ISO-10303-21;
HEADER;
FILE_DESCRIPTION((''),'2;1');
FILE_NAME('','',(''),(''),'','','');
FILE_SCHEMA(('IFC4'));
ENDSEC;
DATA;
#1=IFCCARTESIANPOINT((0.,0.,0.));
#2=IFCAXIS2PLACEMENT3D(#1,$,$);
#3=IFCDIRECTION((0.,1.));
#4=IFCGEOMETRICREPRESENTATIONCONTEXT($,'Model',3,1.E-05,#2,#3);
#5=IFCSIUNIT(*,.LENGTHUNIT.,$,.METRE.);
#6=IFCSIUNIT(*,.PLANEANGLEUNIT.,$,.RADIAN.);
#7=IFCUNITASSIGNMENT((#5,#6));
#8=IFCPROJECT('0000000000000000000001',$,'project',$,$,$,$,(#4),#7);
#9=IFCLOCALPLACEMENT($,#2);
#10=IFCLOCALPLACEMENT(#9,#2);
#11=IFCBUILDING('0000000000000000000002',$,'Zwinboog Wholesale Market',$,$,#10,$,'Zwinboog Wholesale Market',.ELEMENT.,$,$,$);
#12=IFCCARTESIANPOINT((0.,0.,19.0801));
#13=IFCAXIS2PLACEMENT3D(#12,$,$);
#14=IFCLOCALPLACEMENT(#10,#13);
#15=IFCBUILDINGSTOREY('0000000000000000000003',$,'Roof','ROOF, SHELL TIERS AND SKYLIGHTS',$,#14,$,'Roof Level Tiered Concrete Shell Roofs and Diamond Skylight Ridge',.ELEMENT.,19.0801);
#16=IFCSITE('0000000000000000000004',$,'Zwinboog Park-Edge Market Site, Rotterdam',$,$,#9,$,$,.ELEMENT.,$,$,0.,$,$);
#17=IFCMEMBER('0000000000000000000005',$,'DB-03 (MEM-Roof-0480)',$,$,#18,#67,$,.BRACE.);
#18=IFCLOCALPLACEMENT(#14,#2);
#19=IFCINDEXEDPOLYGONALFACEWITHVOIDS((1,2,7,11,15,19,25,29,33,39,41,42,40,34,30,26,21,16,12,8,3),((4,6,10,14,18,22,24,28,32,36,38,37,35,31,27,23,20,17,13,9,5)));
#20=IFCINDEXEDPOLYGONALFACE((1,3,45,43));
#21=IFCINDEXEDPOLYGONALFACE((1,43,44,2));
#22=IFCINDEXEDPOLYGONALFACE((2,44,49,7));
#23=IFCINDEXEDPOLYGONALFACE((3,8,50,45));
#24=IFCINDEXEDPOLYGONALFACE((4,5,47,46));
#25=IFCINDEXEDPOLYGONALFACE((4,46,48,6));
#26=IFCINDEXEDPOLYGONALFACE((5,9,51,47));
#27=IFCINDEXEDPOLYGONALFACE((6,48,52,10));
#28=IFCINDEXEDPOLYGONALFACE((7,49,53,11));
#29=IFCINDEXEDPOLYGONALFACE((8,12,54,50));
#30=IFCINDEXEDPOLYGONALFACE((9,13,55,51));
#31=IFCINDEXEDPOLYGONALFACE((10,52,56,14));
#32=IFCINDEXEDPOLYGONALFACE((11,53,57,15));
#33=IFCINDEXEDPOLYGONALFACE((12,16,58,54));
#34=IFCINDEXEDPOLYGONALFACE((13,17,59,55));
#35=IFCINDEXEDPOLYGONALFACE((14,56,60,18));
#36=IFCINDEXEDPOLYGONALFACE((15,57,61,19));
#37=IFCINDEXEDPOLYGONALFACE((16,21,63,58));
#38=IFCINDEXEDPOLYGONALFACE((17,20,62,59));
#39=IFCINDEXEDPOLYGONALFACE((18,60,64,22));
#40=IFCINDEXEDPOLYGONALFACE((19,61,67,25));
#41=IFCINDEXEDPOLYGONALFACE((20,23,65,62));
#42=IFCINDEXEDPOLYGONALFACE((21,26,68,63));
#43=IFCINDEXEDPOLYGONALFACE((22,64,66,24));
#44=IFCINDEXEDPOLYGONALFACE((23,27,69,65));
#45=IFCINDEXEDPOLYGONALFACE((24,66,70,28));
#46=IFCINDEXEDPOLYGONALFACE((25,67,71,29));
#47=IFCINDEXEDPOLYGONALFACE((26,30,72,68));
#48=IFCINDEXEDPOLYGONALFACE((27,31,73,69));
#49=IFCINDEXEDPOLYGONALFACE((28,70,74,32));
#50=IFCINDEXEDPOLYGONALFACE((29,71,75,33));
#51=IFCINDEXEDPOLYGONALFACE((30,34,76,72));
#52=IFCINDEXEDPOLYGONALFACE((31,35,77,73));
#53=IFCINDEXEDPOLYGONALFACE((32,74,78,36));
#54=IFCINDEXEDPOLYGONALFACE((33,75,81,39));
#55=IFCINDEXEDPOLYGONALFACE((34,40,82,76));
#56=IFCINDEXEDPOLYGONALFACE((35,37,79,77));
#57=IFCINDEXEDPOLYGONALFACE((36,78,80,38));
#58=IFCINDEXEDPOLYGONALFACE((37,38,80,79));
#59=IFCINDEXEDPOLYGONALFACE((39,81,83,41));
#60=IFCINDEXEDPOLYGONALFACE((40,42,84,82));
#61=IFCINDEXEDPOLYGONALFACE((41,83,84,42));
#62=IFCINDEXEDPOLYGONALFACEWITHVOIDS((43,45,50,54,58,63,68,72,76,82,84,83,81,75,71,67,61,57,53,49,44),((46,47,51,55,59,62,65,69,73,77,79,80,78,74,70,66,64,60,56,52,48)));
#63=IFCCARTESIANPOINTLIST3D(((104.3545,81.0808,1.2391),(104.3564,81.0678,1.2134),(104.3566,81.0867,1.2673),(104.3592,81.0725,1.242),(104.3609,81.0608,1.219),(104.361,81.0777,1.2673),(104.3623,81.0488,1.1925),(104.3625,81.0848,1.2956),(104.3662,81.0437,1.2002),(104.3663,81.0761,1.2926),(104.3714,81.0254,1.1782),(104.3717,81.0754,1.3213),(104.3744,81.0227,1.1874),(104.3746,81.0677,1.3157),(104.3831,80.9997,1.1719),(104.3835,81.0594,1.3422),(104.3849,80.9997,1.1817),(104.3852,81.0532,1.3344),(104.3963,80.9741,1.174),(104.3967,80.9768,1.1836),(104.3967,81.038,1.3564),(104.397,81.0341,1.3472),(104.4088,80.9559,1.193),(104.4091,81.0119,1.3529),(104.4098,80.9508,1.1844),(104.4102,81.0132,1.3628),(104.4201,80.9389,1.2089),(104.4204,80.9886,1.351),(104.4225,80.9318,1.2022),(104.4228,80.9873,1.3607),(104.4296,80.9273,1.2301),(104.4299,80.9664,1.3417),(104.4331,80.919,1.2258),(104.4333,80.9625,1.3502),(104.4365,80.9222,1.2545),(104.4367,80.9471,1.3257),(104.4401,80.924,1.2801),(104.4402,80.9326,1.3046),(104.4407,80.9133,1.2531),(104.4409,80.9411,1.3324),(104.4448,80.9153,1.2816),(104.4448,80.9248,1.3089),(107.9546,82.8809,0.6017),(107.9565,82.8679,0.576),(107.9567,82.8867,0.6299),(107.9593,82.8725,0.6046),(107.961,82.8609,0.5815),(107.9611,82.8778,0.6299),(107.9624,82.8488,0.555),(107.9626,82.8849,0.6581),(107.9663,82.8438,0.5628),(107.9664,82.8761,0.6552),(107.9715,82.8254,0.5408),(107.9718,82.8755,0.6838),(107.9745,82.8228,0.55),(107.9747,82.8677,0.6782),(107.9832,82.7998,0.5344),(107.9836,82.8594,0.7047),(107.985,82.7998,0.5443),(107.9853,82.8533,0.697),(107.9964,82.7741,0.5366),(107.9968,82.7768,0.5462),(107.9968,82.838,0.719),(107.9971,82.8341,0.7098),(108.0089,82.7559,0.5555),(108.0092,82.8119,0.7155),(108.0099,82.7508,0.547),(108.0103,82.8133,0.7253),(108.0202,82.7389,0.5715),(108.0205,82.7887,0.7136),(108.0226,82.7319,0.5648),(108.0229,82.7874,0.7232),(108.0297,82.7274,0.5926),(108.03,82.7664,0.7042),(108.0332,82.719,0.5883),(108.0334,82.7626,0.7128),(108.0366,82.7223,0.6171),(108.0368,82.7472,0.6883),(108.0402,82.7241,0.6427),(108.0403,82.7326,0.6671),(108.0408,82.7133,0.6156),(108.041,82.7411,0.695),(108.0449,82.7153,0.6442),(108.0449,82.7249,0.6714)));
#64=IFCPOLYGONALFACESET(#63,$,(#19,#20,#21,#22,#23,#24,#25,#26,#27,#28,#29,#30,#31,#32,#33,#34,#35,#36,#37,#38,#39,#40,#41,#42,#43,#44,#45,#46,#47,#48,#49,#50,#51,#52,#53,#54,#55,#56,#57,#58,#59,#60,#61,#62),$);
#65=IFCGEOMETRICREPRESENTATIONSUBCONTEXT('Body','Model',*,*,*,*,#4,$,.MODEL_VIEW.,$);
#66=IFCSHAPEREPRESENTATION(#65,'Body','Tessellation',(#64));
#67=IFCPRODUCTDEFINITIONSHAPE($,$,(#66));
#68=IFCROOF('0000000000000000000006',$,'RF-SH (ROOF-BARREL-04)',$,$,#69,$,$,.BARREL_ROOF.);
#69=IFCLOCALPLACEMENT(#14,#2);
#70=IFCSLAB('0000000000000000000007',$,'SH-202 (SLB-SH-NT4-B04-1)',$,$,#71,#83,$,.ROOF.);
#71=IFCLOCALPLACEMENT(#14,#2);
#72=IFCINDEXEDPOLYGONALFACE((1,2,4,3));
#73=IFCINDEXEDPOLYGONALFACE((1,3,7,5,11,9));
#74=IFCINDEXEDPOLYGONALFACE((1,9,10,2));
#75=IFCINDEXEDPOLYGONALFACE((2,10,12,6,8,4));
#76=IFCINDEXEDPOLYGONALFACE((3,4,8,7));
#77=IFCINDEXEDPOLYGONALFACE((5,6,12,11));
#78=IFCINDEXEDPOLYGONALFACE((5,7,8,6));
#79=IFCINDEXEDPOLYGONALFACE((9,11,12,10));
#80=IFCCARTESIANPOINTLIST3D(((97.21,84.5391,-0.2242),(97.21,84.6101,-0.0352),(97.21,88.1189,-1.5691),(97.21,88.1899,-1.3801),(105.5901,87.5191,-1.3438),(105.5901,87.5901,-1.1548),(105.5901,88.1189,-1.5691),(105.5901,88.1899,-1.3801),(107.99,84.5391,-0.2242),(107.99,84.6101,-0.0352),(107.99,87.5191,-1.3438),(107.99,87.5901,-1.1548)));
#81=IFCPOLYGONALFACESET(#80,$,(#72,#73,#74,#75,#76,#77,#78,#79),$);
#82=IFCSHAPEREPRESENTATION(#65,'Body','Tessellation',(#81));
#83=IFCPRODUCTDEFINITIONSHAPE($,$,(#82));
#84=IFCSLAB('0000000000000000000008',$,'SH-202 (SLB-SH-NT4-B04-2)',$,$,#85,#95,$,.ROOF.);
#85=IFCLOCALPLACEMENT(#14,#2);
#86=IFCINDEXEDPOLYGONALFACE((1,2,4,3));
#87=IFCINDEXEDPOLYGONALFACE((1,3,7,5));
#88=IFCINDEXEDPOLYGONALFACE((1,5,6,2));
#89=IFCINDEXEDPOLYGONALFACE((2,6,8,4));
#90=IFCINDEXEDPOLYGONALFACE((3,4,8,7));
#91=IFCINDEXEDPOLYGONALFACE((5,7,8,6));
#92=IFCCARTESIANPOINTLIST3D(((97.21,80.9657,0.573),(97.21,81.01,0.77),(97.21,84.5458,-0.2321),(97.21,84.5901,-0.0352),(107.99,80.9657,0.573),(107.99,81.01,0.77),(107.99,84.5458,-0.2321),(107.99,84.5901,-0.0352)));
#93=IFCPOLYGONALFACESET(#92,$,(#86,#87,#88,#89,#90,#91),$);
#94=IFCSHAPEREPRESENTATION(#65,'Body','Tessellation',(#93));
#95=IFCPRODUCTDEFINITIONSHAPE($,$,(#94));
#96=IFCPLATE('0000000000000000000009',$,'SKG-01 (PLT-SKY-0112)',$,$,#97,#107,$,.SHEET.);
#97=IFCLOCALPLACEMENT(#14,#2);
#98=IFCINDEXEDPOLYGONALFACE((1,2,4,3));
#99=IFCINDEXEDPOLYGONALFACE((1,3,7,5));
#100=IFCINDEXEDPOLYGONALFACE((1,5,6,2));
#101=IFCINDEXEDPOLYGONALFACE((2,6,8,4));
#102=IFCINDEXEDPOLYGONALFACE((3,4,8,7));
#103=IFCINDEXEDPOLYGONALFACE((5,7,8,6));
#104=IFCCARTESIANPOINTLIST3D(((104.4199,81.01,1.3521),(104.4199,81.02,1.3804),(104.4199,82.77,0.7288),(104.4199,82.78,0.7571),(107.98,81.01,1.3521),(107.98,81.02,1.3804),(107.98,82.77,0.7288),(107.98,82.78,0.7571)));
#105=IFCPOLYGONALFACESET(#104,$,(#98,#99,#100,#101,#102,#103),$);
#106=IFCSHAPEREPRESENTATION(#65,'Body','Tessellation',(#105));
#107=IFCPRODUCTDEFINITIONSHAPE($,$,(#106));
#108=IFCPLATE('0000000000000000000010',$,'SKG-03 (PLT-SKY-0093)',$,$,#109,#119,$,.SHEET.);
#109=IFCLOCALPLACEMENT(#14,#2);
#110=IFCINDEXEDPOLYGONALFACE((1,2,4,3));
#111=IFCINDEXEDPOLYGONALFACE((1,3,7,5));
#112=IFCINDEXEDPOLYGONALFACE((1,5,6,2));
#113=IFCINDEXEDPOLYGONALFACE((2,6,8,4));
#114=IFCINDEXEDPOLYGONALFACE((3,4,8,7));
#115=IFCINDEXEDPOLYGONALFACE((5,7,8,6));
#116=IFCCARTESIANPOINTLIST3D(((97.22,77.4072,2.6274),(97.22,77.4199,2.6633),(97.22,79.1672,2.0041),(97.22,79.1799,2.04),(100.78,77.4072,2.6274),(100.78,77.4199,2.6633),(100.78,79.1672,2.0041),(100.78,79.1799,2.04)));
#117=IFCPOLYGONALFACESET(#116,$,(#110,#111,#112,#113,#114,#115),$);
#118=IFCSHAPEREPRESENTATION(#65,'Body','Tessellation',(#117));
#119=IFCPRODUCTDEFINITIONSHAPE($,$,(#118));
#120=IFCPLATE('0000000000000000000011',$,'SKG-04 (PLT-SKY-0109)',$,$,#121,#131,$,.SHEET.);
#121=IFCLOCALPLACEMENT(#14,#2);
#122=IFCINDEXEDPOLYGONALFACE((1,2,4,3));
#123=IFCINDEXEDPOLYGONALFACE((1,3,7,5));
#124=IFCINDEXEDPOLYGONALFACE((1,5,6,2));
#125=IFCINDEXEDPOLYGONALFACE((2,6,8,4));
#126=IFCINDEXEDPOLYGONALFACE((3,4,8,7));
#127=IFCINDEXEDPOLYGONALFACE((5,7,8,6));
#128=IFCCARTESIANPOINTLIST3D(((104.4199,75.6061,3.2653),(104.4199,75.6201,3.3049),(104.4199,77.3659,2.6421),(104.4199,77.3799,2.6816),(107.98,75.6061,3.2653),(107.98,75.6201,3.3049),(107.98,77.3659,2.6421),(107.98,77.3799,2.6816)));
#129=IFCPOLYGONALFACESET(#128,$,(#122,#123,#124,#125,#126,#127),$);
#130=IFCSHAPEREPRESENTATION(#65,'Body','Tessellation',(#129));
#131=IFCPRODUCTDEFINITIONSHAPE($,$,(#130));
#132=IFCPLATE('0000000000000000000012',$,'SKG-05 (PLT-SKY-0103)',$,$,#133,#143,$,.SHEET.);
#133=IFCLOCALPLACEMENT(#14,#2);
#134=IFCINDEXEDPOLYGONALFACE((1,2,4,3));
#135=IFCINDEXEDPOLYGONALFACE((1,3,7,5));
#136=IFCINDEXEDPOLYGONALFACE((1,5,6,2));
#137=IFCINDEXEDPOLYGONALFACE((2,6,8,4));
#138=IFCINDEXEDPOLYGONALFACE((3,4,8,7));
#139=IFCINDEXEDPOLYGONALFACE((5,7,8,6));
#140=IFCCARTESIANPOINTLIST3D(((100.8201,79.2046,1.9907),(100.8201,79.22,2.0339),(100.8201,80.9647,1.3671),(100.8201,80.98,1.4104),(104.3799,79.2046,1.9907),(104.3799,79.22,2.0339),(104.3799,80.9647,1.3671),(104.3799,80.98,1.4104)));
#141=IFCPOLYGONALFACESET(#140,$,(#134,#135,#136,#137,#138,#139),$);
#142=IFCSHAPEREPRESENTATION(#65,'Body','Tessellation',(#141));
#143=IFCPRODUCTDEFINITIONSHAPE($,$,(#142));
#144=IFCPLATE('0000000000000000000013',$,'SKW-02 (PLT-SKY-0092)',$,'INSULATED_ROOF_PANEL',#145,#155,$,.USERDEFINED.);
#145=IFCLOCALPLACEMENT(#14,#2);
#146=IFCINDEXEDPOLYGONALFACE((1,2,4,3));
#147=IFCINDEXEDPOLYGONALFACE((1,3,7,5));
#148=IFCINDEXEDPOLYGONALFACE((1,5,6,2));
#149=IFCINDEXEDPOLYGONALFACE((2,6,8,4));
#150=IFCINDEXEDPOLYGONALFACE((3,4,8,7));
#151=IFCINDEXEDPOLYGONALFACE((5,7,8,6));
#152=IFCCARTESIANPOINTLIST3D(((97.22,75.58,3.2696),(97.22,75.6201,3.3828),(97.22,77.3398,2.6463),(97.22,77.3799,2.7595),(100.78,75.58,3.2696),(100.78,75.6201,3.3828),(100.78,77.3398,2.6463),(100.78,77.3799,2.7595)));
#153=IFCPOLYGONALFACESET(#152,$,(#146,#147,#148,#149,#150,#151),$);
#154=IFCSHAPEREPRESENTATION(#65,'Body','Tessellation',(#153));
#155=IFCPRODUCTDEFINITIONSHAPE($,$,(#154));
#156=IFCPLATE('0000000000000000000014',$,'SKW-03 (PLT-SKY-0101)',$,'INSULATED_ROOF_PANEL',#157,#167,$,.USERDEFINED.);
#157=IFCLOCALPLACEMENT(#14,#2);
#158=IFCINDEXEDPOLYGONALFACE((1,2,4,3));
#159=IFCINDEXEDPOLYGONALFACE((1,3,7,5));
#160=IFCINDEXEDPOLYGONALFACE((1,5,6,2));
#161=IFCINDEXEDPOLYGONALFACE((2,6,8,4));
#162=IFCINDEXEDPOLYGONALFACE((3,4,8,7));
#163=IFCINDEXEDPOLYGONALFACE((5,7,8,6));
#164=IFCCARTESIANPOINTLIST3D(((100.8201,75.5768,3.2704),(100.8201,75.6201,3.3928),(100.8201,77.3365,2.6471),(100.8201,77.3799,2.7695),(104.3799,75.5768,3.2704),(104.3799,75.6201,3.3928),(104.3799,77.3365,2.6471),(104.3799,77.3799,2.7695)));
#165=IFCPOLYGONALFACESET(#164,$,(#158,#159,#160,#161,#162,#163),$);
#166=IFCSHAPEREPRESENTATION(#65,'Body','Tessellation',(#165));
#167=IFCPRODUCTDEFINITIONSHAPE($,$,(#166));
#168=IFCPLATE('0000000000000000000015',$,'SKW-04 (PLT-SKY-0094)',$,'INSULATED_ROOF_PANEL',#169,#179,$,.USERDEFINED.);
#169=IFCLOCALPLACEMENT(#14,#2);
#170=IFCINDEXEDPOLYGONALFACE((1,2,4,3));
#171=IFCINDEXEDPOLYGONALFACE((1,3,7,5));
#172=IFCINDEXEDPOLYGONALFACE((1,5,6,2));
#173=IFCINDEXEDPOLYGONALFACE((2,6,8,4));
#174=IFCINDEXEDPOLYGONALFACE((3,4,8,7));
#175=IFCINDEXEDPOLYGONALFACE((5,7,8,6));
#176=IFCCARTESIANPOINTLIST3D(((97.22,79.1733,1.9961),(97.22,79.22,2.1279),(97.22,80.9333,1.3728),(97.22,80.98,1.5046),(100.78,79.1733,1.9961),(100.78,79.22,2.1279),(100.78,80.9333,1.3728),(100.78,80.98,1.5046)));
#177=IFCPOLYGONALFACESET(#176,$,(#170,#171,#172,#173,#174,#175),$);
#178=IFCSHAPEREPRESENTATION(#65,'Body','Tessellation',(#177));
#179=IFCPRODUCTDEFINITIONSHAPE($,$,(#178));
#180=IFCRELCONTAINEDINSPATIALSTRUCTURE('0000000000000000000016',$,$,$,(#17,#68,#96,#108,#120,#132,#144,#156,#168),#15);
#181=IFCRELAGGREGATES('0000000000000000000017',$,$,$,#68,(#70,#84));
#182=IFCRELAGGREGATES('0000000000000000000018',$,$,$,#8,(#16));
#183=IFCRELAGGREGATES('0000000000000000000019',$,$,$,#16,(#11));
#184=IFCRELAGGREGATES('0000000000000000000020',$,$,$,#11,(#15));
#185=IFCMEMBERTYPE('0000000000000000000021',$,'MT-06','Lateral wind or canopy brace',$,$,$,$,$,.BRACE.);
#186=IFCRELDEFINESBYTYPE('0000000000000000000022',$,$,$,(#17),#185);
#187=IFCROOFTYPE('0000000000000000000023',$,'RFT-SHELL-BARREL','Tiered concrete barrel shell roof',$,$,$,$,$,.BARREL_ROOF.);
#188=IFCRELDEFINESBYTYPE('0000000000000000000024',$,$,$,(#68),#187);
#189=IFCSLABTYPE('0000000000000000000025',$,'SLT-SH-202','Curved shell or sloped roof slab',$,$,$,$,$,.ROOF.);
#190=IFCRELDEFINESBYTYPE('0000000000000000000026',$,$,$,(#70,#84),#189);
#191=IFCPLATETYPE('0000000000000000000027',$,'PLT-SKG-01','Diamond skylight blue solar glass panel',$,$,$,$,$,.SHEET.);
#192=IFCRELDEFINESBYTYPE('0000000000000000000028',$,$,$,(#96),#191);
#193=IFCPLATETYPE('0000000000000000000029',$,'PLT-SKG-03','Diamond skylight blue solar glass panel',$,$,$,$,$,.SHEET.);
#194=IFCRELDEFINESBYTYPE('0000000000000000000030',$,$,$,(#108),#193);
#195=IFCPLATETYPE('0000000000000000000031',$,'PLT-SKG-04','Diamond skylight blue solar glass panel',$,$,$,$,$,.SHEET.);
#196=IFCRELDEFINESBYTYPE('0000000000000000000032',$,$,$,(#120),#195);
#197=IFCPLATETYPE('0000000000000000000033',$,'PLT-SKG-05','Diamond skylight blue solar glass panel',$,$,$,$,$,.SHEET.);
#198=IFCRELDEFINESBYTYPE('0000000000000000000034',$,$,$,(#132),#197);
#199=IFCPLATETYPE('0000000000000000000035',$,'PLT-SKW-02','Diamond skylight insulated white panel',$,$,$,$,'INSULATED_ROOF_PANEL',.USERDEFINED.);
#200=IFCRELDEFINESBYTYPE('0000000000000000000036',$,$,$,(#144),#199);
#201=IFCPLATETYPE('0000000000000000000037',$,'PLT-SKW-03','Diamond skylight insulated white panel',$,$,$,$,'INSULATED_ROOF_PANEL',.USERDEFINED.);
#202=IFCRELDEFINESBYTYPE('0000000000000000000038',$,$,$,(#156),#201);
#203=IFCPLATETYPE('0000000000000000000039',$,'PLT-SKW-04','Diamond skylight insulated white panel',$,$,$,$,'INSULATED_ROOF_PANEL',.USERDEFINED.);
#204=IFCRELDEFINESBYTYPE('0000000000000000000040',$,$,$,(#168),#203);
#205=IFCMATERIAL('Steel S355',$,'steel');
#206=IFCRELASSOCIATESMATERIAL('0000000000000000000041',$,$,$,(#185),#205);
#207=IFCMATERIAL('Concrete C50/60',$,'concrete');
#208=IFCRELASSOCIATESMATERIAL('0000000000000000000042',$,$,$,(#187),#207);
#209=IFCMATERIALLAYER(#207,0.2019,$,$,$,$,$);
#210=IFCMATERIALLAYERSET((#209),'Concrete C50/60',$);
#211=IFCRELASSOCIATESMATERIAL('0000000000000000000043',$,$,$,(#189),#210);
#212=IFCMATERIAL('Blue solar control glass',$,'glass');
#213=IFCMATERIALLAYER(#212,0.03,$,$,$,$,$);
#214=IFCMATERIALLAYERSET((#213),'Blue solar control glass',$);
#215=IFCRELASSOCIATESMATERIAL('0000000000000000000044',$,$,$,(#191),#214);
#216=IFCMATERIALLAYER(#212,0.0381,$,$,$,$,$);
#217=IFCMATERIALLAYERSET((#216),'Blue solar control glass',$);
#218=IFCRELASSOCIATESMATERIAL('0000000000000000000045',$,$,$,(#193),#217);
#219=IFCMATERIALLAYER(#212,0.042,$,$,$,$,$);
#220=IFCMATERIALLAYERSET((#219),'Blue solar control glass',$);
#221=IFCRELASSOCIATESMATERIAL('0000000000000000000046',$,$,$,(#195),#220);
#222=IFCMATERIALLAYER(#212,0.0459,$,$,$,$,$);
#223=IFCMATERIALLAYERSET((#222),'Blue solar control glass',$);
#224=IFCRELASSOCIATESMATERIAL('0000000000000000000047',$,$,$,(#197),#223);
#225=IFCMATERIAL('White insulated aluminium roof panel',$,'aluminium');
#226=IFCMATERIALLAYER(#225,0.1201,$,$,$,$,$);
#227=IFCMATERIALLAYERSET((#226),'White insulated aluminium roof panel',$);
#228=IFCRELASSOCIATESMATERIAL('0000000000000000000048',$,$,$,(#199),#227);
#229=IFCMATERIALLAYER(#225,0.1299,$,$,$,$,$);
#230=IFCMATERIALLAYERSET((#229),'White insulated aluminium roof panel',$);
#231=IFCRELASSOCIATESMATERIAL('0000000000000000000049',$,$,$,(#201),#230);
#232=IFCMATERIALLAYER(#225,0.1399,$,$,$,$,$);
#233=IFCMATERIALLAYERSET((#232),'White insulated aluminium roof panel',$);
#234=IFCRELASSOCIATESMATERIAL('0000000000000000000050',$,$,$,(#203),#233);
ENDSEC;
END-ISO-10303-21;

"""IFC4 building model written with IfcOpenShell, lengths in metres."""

from ifc_helpers import new_model, si_unit, direction, frame, origin, origin_2d, place, context, subcontext, project, spatial, polyline, hollow_circle, outline, extrude, material, layer, layer_set, material_profile, profile_set, type_object, element, aggregate, save


model = new_model("IFC4")

# Units and contexts
model_context = context("Model", 3, precision=1e-05, world=origin(), true_north=direction((0.0, 1.0)))
body_context = subcontext(model_context, "Body", "Model", "MODEL_VIEW")
ifc_project = project(units=[si_unit("LENGTHUNIT", "METRE"), si_unit("PLANEANGLEUNIT", "RADIAN")], contexts=[model_context])

# Site, building, storey
site_placement = place(None, origin())
site = spatial("IfcSite", under=ifc_project, at=site_placement, Name="Zwinboog Park-Edge Market Site, Rotterdam", CompositionType="ELEMENT", RefElevation=0.0)
building_placement = place(site_placement, origin())
building = spatial("IfcBuilding", under=site, at=building_placement, Name="Zwinboog Wholesale Market", LongName="Zwinboog Wholesale Market", CompositionType="ELEMENT")
storey_placement = place(building_placement, frame((0.0, 0.0, 19.0801)))
storey = spatial("IfcBuildingStorey", under=building, at=storey_placement, Name="Roof", Description="ROOF, SHELL TIERS AND SKYLIGHTS", LongName="Roof Level Tiered Concrete Shell Roofs and Diamond Skylight Ridge", CompositionType="ELEMENT", Elevation=19.0801)

# Member
ifc_material_1 = material(Name="Steel S355", Category="steel")
ifc_material_profile_1 = material_profile(ifc_material_1, hollow_circle(Radius=0.0969, WallThickness=0.01, at=origin_2d()), Name="CHS 193.7x10")
ifc_profile_set_1 = profile_set([ifc_material_profile_1], Name="Steel S355")
member_type_1 = type_object("IfcMemberType", Name="MT-06", Description="Lateral wind or canopy brace", PredefinedType="BRACE", material=ifc_profile_set_1)
for number, where, z_axis, x_axis, name in (
    (1, (104.3999, 81.0, 1.2673), (0.883417, 0.441709, -0.156422), (-0.447214, 0.894427, 0.0), "DB-03 (MEM-Roof-0480)"),
):
    element("IfcMember", number, at=place(storey_placement, frame(where, z_axis=z_axis, x_axis=x_axis)), inside=storey, type_object=member_type_1, Name=name, PredefinedType="BRACE", context=body_context, shape_type="SweptSolid", body=[
        extrude(hollow_circle(Radius=0.0969, WallThickness=0.01, at=origin_2d()), origin(), (0.0, 0.0, 1.0), 4.0752),
    ])

# Roof, slabs
ifc_material_2 = material(Name="Concrete C50/60", Category="concrete")
roof_type = type_object("IfcRoofType", Name="RFT-SHELL-BARREL", Description="Tiered concrete barrel shell roof", PredefinedType="BARREL_ROOF", material=ifc_material_2)
roof_placement = place(storey_placement, origin())
roof = element("IfcRoof", 2, at=roof_placement, inside=storey, type_object=roof_type, Name="RF-SH (ROOF-BARREL-04)", PredefinedType="BARREL_ROOF")
ifc_layer_1 = layer(ifc_material_2, 0.2019)
ifc_layer_set_1 = layer_set([ifc_layer_1], Name="Concrete C50/60")
slab_type = type_object("IfcSlabType", Name="SLT-SH-202", Description="Curved shell or sloped roof slab", PredefinedType="ROOF", material=ifc_layer_set_1)
slab_1_placement = place(storey_placement, frame((97.21, 84.6101, -0.0352), z_axis=(0.000001, 0.351706, 0.936111), x_axis=(1.0, 0.0, -0.000001)))
slab_1 = element("IfcSlab", 3, at=slab_1_placement, type_object=slab_type, Name="SH-202 (SLB-SH-NT4-B04-1)", PredefinedType="ROOF", context=body_context, shape_type="SweptSolid", body=[
    extrude(outline(polyline([(0.0, 0.0), (10.78, 0.0), (10.78, 3.1834), (8.3801, 3.1834), (8.3801, 3.8242), (0.0, 3.8242), (0.0, 0.0)])), origin(), (0.0, 0.0, -1.0), 0.2019),
])
slab_2_placement = place(storey_placement, frame((97.21, 81.01, 0.77), z_axis=(0.0, 0.219424, 0.97563), x_axis=(1.0, 0.0, 0.0)))
slab_2 = element("IfcSlab", 4, at=slab_2_placement, type_object=slab_type, Name="SH-202 (SLB-SH-NT4-B04-2)", PredefinedType="ROOF", context=body_context, shape_type="SweptSolid", body=[
    extrude(outline(polyline([(0.0, 0.0), (10.78, 0.0), (10.78, 3.6695), (0.0, 3.6695), (0.0, 0.0)])), origin(), (0.0, 0.0, -1.0), 0.2019),
])
aggregate(roof, [slab_1, slab_2])

# Plates
ifc_material_3 = material(Name="Blue solar control glass", Category="glass")
ifc_layer_2 = layer(ifc_material_3, 0.03)
ifc_layer_set_2 = layer_set([ifc_layer_2], Name="Blue solar control glass")
plate_type_1 = type_object("IfcPlateType", Name="PLT-SKG-01", Description="Diamond skylight blue solar glass panel", PredefinedType="SHEET", material=ifc_layer_set_2)
plate_1_placement = place(storey_placement, frame((104.4199, 81.02, 1.3804), z_axis=(0.0, 0.333825, 0.942635), x_axis=(1.0, 0.0, 0.0)))
element("IfcPlate", 5, at=plate_1_placement, inside=storey, type_object=plate_type_1, Name="SKG-01 (PLT-SKY-0112)", PredefinedType="SHEET", context=body_context, shape_type="SweptSolid", body=[
    extrude(outline(polyline([(0.0, 0.0), (3.5601, 0.0), (3.5601, 1.8671), (0.0, 1.8671), (0.0, 0.0)])), origin(), (0.0, 0.0, -1.0), 0.03),
])
ifc_layer_3 = layer(ifc_material_3, 0.0381)
ifc_layer_set_3 = layer_set([ifc_layer_3], Name="Blue solar control glass")
plate_type_2 = type_object("IfcPlateType", Name="PLT-SKG-03", Description="Diamond skylight blue solar glass panel", PredefinedType="SHEET", material=ifc_layer_set_3)
plate_2_placement = place(storey_placement, frame((97.22, 77.4199, 2.6633), z_axis=(0.0, 0.333825, 0.942635), x_axis=(1.0, 0.0, 0.0)))
element("IfcPlate", 6, at=plate_2_placement, inside=storey, type_object=plate_type_2, Name="SKG-03 (PLT-SKY-0093)", PredefinedType="SHEET", context=body_context, shape_type="SweptSolid", body=[
    extrude(outline(polyline([(0.0, 0.0), (3.5601, 0.0), (3.5601, 1.8671), (0.0, 1.8671), (0.0, 0.0)])), origin(), (0.0, 0.0, -1.0), 0.0381),
])
ifc_layer_4 = layer(ifc_material_3, 0.042)
ifc_layer_set_4 = layer_set([ifc_layer_4], Name="Blue solar control glass")
plate_type_3 = type_object("IfcPlateType", Name="PLT-SKG-04", Description="Diamond skylight blue solar glass panel", PredefinedType="SHEET", material=ifc_layer_set_4)
plate_3_placement = place(storey_placement, frame((104.4199, 75.6201, 3.3049), z_axis=(0.0, 0.333867, 0.94262), x_axis=(1.0, 0.0, 0.0)))
element("IfcPlate", 7, at=plate_3_placement, inside=storey, type_object=plate_type_3, Name="SKG-04 (PLT-SKY-0109)", PredefinedType="SHEET", context=body_context, shape_type="SweptSolid", body=[
    extrude(outline(polyline([(0.0, 0.0), (3.5601, 0.0), (3.5601, 1.8669), (0.0, 1.8669), (0.0, 0.0)])), origin(), (0.0, 0.0, -1.0), 0.042),
])
ifc_layer_5 = layer(ifc_material_3, 0.0459)
ifc_layer_set_5 = layer_set([ifc_layer_5], Name="Blue solar control glass")
plate_type_4 = type_object("IfcPlateType", Name="PLT-SKG-05", Description="Diamond skylight blue solar glass panel", PredefinedType="SHEET", material=ifc_layer_set_5)
plate_4_placement = place(storey_placement, frame((100.8201, 79.22, 2.0339), z_axis=(0.0, 0.333942, 0.942594), x_axis=(1.0, 0.0, 0.0)))
element("IfcPlate", 8, at=plate_4_placement, inside=storey, type_object=plate_type_4, Name="SKG-05 (PLT-SKY-0103)", PredefinedType="SHEET", context=body_context, shape_type="SweptSolid", body=[
    extrude(outline(polyline([(0.0, 0.0), (3.5598, 0.0), (3.5598, 1.8672), (0.0, 1.8672), (0.0, 0.0)])), origin(), (0.0, 0.0, -1.0), 0.0459),
])
ifc_material_4 = material(Name="White insulated aluminium roof panel", Category="aluminium")
ifc_layer_6 = layer(ifc_material_4, 0.1201)
ifc_layer_set_6 = layer_set([ifc_layer_6], Name="White insulated aluminium roof panel")
plate_type_5 = type_object("IfcPlateType", Name="PLT-SKW-02", Description="Diamond skylight insulated white panel", ElementType="INSULATED_ROOF_PANEL", PredefinedType="USERDEFINED", material=ifc_layer_set_6)
plate_5_placement = place(storey_placement, frame((97.22, 75.6201, 3.3828), z_axis=(0.0, 0.333867, 0.94262), x_axis=(1.0, 0.0, 0.0)))
element("IfcPlate", 9, at=plate_5_placement, inside=storey, type_object=plate_type_5, Name="SKW-02 (PLT-SKY-0092)", ObjectType="INSULATED_ROOF_PANEL", PredefinedType="USERDEFINED", context=body_context, shape_type="SweptSolid", body=[
    extrude(outline(polyline([(0.0, 0.0), (3.5601, 0.0), (3.5601, 1.8669), (0.0, 1.8669), (0.0, 0.0)])), origin(), (0.0, 0.0, -1.0), 0.1201),
])
ifc_layer_7 = layer(ifc_material_4, 0.1299)
ifc_layer_set_7 = layer_set([ifc_layer_7], Name="White insulated aluminium roof panel")
plate_type_6 = type_object("IfcPlateType", Name="PLT-SKW-03", Description="Diamond skylight insulated white panel", ElementType="INSULATED_ROOF_PANEL", PredefinedType="USERDEFINED", material=ifc_layer_set_7)
plate_6_placement = place(storey_placement, frame((100.8201, 75.6201, 3.3928), z_axis=(0.0, 0.333867, 0.94262), x_axis=(1.0, 0.0, 0.0)))
element("IfcPlate", 10, at=plate_6_placement, inside=storey, type_object=plate_type_6, Name="SKW-03 (PLT-SKY-0101)", ObjectType="INSULATED_ROOF_PANEL", PredefinedType="USERDEFINED", context=body_context, shape_type="SweptSolid", body=[
    extrude(outline(polyline([(0.0, 0.0), (3.5598, 0.0), (3.5598, 1.8669), (0.0, 1.8669), (0.0, 0.0)])), origin(), (0.0, 0.0, -1.0), 0.1299),
])
ifc_layer_8 = layer(ifc_material_4, 0.1399)
ifc_layer_set_8 = layer_set([ifc_layer_8], Name="White insulated aluminium roof panel")
plate_type_7 = type_object("IfcPlateType", Name="PLT-SKW-04", Description="Diamond skylight insulated white panel", ElementType="INSULATED_ROOF_PANEL", PredefinedType="USERDEFINED", material=ifc_layer_set_8)
plate_7_placement = place(storey_placement, frame((97.22, 79.22, 2.1279), z_axis=(0.0, 0.333825, 0.942635), x_axis=(1.0, 0.0, 0.0)))
element("IfcPlate", 11, at=plate_7_placement, inside=storey, type_object=plate_type_7, Name="SKW-04 (PLT-SKY-0094)", ObjectType="INSULATED_ROOF_PANEL", PredefinedType="USERDEFINED", context=body_context, shape_type="SweptSolid", body=[
    extrude(outline(polyline([(0.0, 0.0), (3.5601, 0.0), (3.5601, 1.8671), (0.0, 1.8671), (0.0, 0.0)])), origin(), (0.0, 0.0, -1.0), 0.1399),
])

save(model, "model.ifc")
